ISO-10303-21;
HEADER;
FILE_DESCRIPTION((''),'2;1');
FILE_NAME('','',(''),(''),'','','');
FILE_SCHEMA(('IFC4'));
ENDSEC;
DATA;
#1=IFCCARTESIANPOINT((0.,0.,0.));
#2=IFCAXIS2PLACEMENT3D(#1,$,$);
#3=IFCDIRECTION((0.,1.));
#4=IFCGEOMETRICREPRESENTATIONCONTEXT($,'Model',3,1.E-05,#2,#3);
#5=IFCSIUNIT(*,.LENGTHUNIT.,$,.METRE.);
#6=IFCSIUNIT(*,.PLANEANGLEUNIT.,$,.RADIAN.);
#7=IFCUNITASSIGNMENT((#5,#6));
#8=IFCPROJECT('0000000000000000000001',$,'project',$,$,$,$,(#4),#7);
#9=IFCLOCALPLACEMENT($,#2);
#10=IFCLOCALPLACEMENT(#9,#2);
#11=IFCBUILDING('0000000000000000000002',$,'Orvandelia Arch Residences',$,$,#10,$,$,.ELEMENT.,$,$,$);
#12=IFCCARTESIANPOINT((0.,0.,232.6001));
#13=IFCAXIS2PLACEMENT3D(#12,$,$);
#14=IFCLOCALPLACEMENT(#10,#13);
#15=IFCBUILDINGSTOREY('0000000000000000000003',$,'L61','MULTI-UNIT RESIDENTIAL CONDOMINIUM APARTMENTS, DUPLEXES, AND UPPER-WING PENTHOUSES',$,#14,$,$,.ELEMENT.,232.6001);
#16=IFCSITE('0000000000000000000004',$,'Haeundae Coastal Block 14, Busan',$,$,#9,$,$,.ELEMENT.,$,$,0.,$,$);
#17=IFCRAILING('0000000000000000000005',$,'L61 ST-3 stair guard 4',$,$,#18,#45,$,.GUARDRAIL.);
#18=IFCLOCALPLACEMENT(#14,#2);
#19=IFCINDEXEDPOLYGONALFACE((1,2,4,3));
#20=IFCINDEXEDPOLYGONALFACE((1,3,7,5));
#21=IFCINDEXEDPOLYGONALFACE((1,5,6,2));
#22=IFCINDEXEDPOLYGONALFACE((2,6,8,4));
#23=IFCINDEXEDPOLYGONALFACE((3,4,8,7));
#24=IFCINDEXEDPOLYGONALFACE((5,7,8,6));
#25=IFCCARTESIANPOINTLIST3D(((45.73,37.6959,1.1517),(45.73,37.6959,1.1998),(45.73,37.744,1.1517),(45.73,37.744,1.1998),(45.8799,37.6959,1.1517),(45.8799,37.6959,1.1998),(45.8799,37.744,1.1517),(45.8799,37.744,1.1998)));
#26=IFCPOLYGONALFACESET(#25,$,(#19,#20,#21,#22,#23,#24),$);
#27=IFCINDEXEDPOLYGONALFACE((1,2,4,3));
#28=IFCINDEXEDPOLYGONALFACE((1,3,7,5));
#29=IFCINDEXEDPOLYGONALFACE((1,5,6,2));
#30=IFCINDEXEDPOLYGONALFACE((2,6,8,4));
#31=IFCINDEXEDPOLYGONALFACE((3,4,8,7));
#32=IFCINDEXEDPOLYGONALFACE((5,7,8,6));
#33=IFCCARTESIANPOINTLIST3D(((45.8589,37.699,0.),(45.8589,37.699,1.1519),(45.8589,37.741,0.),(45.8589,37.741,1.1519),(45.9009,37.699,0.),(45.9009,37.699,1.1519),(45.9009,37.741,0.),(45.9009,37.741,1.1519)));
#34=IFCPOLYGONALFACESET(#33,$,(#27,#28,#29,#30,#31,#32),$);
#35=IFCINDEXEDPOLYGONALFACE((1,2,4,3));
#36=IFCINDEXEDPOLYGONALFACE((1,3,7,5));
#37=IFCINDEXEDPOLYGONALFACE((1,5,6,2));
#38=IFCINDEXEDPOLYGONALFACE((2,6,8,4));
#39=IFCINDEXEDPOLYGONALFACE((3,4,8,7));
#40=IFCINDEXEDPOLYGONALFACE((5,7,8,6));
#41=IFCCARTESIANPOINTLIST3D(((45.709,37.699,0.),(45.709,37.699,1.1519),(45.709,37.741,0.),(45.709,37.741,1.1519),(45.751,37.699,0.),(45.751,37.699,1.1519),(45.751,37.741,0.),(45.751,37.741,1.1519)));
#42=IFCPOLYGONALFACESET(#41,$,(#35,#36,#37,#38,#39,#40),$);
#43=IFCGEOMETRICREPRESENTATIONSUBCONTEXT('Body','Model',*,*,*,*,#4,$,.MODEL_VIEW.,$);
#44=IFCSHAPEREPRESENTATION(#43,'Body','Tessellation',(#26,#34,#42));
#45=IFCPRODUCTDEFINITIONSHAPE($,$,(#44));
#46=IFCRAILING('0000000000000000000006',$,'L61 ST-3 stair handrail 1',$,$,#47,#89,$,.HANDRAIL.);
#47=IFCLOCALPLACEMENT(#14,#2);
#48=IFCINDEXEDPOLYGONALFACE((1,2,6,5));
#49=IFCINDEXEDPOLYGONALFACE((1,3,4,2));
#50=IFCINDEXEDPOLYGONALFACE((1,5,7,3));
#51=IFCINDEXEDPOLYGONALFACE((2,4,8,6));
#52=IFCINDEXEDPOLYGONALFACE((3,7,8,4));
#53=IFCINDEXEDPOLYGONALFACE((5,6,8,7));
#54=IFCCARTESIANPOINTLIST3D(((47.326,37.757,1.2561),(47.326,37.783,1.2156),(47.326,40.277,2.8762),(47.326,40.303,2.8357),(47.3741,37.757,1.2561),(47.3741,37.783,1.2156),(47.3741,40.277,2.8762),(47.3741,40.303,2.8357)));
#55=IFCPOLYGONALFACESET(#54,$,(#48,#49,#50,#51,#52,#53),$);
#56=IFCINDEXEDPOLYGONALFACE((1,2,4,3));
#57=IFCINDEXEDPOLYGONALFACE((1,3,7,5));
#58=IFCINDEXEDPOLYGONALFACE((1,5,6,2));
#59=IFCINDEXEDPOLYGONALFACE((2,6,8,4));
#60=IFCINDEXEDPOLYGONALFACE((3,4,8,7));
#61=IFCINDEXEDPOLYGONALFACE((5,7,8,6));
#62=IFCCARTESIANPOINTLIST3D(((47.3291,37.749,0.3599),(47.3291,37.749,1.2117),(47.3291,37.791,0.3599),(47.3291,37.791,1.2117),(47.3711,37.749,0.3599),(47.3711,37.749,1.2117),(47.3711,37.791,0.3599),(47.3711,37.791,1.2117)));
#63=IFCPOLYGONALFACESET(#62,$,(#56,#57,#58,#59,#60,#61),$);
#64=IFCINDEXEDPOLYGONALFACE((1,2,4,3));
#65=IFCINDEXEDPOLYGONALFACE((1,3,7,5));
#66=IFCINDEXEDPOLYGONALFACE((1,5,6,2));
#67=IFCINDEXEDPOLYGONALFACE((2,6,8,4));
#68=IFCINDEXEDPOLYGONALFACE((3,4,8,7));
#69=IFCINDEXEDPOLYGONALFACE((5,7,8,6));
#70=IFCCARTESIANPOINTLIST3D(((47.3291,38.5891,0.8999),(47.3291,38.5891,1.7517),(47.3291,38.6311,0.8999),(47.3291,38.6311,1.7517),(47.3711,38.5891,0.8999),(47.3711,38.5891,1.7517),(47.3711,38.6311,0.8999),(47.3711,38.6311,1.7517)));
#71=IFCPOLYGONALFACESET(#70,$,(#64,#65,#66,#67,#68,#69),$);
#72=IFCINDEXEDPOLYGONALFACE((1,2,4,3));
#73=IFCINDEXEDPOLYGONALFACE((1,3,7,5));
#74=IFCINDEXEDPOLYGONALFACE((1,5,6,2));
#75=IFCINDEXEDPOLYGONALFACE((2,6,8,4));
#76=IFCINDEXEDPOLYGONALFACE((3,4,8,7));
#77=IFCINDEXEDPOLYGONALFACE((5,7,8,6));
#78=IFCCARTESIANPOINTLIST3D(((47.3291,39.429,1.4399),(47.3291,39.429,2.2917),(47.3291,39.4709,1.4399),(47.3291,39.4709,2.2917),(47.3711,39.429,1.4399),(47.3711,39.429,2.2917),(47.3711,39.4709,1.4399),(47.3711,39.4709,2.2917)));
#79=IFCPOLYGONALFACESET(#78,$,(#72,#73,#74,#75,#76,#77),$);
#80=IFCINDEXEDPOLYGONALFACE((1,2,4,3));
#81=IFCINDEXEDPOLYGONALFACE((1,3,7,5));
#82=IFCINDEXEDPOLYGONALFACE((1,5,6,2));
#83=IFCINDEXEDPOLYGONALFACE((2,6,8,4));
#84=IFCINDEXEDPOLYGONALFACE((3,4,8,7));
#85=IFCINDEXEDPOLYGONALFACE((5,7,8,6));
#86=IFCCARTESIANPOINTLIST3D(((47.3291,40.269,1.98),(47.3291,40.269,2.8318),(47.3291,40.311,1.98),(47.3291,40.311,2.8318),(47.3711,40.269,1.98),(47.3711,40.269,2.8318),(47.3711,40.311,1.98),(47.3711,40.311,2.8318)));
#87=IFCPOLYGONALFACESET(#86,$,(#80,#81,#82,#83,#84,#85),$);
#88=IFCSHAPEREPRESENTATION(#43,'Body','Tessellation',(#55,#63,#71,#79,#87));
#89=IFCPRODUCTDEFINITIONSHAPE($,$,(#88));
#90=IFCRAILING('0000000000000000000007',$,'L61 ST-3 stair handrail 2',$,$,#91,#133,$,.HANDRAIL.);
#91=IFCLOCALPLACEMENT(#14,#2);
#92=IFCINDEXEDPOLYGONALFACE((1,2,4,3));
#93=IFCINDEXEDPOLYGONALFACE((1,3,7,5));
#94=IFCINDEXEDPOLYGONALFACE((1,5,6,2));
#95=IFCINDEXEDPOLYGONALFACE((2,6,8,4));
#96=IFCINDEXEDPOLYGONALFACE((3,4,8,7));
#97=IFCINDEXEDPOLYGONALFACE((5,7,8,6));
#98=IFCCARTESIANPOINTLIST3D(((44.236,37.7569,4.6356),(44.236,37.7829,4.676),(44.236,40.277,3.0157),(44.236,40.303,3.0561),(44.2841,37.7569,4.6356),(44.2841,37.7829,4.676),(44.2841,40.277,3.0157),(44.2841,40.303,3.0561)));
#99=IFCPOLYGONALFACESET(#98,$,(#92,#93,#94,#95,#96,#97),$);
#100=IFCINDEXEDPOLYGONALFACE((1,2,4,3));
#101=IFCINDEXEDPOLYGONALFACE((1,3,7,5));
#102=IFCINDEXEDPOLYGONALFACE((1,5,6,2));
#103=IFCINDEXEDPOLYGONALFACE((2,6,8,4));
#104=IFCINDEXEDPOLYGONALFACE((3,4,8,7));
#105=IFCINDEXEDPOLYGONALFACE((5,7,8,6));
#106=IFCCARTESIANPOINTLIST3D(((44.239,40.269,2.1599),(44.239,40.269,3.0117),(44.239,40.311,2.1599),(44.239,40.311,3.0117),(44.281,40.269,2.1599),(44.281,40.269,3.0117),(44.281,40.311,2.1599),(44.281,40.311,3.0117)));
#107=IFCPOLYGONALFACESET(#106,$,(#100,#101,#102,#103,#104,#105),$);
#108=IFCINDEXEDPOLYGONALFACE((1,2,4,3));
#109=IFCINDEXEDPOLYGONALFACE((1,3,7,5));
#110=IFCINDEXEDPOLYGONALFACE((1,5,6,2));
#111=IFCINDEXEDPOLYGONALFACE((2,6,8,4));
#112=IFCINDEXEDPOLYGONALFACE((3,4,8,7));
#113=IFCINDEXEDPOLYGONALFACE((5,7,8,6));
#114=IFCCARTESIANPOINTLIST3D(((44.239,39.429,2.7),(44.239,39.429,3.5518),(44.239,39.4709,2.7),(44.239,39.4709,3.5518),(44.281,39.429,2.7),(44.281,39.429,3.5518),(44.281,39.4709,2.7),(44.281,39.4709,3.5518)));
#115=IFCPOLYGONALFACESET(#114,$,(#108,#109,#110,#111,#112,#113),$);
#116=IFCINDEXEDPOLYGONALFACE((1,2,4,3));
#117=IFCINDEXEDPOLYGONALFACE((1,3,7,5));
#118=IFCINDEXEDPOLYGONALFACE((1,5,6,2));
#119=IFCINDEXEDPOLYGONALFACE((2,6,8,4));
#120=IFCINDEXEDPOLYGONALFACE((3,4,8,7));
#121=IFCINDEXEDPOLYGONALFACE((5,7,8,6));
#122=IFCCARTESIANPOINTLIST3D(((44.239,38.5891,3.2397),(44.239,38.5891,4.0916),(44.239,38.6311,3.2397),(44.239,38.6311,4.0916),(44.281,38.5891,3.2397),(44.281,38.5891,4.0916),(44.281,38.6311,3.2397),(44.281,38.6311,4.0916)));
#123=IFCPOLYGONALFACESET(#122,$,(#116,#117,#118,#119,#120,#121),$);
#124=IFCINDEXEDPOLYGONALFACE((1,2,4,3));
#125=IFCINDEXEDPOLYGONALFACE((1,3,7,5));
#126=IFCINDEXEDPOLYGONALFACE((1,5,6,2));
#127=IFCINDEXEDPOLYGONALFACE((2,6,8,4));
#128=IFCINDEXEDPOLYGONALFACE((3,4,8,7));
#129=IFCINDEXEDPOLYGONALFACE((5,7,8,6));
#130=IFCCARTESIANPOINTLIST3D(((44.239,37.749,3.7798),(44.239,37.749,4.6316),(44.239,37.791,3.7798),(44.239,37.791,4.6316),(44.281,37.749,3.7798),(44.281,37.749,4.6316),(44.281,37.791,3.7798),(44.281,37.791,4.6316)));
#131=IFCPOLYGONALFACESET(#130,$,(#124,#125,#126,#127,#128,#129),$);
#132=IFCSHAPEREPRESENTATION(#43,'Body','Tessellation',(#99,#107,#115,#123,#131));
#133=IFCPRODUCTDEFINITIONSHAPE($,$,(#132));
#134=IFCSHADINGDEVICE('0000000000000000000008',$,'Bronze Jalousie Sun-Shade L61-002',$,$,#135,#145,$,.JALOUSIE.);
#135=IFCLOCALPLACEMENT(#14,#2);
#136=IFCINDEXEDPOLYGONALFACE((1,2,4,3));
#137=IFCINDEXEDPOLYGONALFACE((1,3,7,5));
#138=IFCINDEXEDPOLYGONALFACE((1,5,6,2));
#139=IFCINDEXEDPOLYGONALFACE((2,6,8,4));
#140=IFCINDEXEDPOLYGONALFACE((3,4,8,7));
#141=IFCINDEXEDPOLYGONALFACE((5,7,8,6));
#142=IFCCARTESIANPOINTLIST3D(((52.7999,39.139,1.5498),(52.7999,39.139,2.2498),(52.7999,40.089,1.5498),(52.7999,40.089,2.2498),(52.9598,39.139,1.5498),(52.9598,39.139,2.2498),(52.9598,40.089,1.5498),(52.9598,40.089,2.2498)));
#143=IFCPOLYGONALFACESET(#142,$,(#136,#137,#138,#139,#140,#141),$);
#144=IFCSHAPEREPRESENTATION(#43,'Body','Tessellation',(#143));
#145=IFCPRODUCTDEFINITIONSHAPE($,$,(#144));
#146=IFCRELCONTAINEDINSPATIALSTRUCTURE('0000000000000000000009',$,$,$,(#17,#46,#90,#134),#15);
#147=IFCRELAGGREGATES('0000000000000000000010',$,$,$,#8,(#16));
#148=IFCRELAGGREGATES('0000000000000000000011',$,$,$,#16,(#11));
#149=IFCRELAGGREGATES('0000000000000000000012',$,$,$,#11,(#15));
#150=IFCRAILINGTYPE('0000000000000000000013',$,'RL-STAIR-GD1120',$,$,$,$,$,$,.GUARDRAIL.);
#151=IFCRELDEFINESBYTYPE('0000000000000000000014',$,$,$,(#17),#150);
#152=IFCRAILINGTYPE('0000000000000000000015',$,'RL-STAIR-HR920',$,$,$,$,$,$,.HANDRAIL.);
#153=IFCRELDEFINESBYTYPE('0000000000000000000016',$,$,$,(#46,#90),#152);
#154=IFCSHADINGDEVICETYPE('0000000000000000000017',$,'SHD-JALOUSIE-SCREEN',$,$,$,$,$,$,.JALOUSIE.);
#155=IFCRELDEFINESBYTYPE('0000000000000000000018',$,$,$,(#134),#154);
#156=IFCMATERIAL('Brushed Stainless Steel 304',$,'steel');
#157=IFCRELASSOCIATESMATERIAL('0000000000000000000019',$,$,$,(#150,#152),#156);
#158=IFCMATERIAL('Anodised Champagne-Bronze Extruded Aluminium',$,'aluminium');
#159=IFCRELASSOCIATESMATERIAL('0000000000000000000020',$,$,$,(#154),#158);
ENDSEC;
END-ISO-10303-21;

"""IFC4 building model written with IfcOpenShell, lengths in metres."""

from ifc_helpers import new_model, si_unit, direction, frame, origin, origin_2d, place, context, subcontext, project, spatial, rectangle, extrude, material, type_object, element, save


model = new_model("IFC4")

# Units and contexts
model_context = context("Model", 3, precision=1e-05, world=origin(), true_north=direction((0.0, 1.0)))
body_context = subcontext(model_context, "Body", "Model", "MODEL_VIEW")
ifc_project = project(units=[si_unit("LENGTHUNIT", "METRE"), si_unit("PLANEANGLEUNIT", "RADIAN")], contexts=[model_context])

# Site, building, storey
site_placement = place(None, origin())
site = spatial("IfcSite", under=ifc_project, at=site_placement, Name="Haeundae Coastal Block 14, Busan", CompositionType="ELEMENT", RefElevation=0.0)
building_placement = place(site_placement, origin())
building = spatial("IfcBuilding", under=site, at=building_placement, Name="Orvandelia Arch Residences", CompositionType="ELEMENT")
storey_placement = place(building_placement, frame((0.0, 0.0, 232.6001)))
storey = spatial("IfcBuildingStorey", under=building, at=storey_placement, Name="L61", Description="MULTI-UNIT RESIDENTIAL CONDOMINIUM APARTMENTS, DUPLEXES, AND UPPER-WING PENTHOUSES", CompositionType="ELEMENT", Elevation=232.6001)

# Railings
ifc_material_1 = material(Name="Brushed Stainless Steel 304", Category="steel")
railing_type_1 = type_object("IfcRailingType", Name="RL-STAIR-GD1120", PredefinedType="GUARDRAIL", material=ifc_material_1)
railing_1_placement = place(storey_placement, frame((45.8799, 37.72, 0.0)))
element("IfcRailing", 1, at=railing_1_placement, inside=storey, type_object=railing_type_1, Name="L61 ST-3 stair guard 4", PredefinedType="GUARDRAIL", context=body_context, shape_type="SweptSolid", body=[
    extrude(rectangle(XDim=0.0481, YDim=0.0481, at=origin_2d()), frame((0.0, 0.0, 1.1758), z_axis=(-1.0, 0.0, 0.0), x_axis=(0.0, -1.0, 0.0)), (0.0, 0.0, 1.0), 0.1499),
    extrude(rectangle(XDim=0.042, YDim=0.042, at=origin_2d()), origin(), (0.0, 0.0, 1.0), 1.1519),
    extrude(rectangle(XDim=0.042, YDim=0.042, at=origin_2d()), frame((-0.1499, 0.0, 0.0)), (0.0, 0.0, 1.0), 1.1519),
])
railing_type_2 = type_object("IfcRailingType", Name="RL-STAIR-HR920", PredefinedType="HANDRAIL", material=ifc_material_1)
railing_2_placement = place(storey_placement, frame((47.3501, 37.77, 0.3599)))
element("IfcRailing", 2, at=railing_2_placement, inside=storey, type_object=railing_type_2, Name="L61 ST-3 stair handrail 1", PredefinedType="HANDRAIL", context=body_context, shape_type="SweptSolid", body=[
    extrude(rectangle(XDim=0.0481, YDim=0.0481, at=origin_2d()), frame((0.0, 0.0, 0.876), z_axis=(0.0, 0.841163, 0.540782), x_axis=(-1.0, 0.0, 0.0)), (0.0, 0.0, 1.0), 2.9958),
    extrude(rectangle(XDim=0.042, YDim=0.042, at=origin_2d()), origin(), (0.0, 0.0, 1.0), 0.8518),
    extrude(rectangle(XDim=0.042, YDim=0.042, at=origin_2d()), frame((0.0, 0.8401, 0.54)), (0.0, 0.0, 1.0), 0.8518),
    extrude(rectangle(XDim=0.042, YDim=0.042, at=origin_2d()), frame((0.0, 1.6799, 1.0801)), (0.0, 0.0, 1.0), 0.8518),
    extrude(rectangle(XDim=0.042, YDim=0.042, at=origin_2d()), frame((0.0, 2.52, 1.6201)), (0.0, 0.0, 1.0), 0.8518),
])
railing_3_placement = place(storey_placement, frame((44.26, 40.29, 2.1599)))
element("IfcRailing", 3, at=railing_3_placement, inside=storey, type_object=railing_type_2, Name="L61 ST-3 stair handrail 2", PredefinedType="HANDRAIL", context=body_context, shape_type="SweptSolid", body=[
    extrude(rectangle(XDim=0.0481, YDim=0.0481, at=origin_2d()), frame((0.0, 0.0, 0.876), z_axis=(0.0, -0.8412, 0.540725), x_axis=(1.0, 0.0, 0.0)), (0.0, 0.0, 1.0), 2.9958),
    extrude(rectangle(XDim=0.042, YDim=0.042, at=origin_2d()), origin(), (0.0, 0.0, 1.0), 0.8518),
    extrude(rectangle(XDim=0.042, YDim=0.042, at=origin_2d()), frame((0.0, -0.8401, 0.54)), (0.0, 0.0, 1.0), 0.8518),
    extrude(rectangle(XDim=0.042, YDim=0.042, at=origin_2d()), frame((0.0, -1.6799, 1.0798)), (0.0, 0.0, 1.0), 0.8518),
    extrude(rectangle(XDim=0.042, YDim=0.042, at=origin_2d()), frame((0.0, -2.52, 1.6199)), (0.0, 0.0, 1.0), 0.8518),
])

# Shading device
ifc_material_2 = material(Name="Anodised Champagne-Bronze Extruded Aluminium", Category="aluminium")
shading_device_type = type_object("IfcShadingDeviceType", Name="SHD-JALOUSIE-SCREEN", PredefinedType="JALOUSIE", material=ifc_material_2)
shading_device_placement = place(storey_placement, frame((52.8799, 39.614, 1.5498), z_axis=(0.0, 0.0, 1.0), x_axis=(0.0, -1.0, 0.0)))
element("IfcShadingDevice", 4, at=shading_device_placement, inside=storey, type_object=shading_device_type, Name="Bronze Jalousie Sun-Shade L61-002", PredefinedType="JALOUSIE", context=body_context, shape_type="SweptSolid", body=[
    extrude(rectangle(XDim=0.95, YDim=0.1599, at=origin_2d()), origin(), (0.0, 0.0, 1.0), 0.7),
])

save(model, "model.ifc")
